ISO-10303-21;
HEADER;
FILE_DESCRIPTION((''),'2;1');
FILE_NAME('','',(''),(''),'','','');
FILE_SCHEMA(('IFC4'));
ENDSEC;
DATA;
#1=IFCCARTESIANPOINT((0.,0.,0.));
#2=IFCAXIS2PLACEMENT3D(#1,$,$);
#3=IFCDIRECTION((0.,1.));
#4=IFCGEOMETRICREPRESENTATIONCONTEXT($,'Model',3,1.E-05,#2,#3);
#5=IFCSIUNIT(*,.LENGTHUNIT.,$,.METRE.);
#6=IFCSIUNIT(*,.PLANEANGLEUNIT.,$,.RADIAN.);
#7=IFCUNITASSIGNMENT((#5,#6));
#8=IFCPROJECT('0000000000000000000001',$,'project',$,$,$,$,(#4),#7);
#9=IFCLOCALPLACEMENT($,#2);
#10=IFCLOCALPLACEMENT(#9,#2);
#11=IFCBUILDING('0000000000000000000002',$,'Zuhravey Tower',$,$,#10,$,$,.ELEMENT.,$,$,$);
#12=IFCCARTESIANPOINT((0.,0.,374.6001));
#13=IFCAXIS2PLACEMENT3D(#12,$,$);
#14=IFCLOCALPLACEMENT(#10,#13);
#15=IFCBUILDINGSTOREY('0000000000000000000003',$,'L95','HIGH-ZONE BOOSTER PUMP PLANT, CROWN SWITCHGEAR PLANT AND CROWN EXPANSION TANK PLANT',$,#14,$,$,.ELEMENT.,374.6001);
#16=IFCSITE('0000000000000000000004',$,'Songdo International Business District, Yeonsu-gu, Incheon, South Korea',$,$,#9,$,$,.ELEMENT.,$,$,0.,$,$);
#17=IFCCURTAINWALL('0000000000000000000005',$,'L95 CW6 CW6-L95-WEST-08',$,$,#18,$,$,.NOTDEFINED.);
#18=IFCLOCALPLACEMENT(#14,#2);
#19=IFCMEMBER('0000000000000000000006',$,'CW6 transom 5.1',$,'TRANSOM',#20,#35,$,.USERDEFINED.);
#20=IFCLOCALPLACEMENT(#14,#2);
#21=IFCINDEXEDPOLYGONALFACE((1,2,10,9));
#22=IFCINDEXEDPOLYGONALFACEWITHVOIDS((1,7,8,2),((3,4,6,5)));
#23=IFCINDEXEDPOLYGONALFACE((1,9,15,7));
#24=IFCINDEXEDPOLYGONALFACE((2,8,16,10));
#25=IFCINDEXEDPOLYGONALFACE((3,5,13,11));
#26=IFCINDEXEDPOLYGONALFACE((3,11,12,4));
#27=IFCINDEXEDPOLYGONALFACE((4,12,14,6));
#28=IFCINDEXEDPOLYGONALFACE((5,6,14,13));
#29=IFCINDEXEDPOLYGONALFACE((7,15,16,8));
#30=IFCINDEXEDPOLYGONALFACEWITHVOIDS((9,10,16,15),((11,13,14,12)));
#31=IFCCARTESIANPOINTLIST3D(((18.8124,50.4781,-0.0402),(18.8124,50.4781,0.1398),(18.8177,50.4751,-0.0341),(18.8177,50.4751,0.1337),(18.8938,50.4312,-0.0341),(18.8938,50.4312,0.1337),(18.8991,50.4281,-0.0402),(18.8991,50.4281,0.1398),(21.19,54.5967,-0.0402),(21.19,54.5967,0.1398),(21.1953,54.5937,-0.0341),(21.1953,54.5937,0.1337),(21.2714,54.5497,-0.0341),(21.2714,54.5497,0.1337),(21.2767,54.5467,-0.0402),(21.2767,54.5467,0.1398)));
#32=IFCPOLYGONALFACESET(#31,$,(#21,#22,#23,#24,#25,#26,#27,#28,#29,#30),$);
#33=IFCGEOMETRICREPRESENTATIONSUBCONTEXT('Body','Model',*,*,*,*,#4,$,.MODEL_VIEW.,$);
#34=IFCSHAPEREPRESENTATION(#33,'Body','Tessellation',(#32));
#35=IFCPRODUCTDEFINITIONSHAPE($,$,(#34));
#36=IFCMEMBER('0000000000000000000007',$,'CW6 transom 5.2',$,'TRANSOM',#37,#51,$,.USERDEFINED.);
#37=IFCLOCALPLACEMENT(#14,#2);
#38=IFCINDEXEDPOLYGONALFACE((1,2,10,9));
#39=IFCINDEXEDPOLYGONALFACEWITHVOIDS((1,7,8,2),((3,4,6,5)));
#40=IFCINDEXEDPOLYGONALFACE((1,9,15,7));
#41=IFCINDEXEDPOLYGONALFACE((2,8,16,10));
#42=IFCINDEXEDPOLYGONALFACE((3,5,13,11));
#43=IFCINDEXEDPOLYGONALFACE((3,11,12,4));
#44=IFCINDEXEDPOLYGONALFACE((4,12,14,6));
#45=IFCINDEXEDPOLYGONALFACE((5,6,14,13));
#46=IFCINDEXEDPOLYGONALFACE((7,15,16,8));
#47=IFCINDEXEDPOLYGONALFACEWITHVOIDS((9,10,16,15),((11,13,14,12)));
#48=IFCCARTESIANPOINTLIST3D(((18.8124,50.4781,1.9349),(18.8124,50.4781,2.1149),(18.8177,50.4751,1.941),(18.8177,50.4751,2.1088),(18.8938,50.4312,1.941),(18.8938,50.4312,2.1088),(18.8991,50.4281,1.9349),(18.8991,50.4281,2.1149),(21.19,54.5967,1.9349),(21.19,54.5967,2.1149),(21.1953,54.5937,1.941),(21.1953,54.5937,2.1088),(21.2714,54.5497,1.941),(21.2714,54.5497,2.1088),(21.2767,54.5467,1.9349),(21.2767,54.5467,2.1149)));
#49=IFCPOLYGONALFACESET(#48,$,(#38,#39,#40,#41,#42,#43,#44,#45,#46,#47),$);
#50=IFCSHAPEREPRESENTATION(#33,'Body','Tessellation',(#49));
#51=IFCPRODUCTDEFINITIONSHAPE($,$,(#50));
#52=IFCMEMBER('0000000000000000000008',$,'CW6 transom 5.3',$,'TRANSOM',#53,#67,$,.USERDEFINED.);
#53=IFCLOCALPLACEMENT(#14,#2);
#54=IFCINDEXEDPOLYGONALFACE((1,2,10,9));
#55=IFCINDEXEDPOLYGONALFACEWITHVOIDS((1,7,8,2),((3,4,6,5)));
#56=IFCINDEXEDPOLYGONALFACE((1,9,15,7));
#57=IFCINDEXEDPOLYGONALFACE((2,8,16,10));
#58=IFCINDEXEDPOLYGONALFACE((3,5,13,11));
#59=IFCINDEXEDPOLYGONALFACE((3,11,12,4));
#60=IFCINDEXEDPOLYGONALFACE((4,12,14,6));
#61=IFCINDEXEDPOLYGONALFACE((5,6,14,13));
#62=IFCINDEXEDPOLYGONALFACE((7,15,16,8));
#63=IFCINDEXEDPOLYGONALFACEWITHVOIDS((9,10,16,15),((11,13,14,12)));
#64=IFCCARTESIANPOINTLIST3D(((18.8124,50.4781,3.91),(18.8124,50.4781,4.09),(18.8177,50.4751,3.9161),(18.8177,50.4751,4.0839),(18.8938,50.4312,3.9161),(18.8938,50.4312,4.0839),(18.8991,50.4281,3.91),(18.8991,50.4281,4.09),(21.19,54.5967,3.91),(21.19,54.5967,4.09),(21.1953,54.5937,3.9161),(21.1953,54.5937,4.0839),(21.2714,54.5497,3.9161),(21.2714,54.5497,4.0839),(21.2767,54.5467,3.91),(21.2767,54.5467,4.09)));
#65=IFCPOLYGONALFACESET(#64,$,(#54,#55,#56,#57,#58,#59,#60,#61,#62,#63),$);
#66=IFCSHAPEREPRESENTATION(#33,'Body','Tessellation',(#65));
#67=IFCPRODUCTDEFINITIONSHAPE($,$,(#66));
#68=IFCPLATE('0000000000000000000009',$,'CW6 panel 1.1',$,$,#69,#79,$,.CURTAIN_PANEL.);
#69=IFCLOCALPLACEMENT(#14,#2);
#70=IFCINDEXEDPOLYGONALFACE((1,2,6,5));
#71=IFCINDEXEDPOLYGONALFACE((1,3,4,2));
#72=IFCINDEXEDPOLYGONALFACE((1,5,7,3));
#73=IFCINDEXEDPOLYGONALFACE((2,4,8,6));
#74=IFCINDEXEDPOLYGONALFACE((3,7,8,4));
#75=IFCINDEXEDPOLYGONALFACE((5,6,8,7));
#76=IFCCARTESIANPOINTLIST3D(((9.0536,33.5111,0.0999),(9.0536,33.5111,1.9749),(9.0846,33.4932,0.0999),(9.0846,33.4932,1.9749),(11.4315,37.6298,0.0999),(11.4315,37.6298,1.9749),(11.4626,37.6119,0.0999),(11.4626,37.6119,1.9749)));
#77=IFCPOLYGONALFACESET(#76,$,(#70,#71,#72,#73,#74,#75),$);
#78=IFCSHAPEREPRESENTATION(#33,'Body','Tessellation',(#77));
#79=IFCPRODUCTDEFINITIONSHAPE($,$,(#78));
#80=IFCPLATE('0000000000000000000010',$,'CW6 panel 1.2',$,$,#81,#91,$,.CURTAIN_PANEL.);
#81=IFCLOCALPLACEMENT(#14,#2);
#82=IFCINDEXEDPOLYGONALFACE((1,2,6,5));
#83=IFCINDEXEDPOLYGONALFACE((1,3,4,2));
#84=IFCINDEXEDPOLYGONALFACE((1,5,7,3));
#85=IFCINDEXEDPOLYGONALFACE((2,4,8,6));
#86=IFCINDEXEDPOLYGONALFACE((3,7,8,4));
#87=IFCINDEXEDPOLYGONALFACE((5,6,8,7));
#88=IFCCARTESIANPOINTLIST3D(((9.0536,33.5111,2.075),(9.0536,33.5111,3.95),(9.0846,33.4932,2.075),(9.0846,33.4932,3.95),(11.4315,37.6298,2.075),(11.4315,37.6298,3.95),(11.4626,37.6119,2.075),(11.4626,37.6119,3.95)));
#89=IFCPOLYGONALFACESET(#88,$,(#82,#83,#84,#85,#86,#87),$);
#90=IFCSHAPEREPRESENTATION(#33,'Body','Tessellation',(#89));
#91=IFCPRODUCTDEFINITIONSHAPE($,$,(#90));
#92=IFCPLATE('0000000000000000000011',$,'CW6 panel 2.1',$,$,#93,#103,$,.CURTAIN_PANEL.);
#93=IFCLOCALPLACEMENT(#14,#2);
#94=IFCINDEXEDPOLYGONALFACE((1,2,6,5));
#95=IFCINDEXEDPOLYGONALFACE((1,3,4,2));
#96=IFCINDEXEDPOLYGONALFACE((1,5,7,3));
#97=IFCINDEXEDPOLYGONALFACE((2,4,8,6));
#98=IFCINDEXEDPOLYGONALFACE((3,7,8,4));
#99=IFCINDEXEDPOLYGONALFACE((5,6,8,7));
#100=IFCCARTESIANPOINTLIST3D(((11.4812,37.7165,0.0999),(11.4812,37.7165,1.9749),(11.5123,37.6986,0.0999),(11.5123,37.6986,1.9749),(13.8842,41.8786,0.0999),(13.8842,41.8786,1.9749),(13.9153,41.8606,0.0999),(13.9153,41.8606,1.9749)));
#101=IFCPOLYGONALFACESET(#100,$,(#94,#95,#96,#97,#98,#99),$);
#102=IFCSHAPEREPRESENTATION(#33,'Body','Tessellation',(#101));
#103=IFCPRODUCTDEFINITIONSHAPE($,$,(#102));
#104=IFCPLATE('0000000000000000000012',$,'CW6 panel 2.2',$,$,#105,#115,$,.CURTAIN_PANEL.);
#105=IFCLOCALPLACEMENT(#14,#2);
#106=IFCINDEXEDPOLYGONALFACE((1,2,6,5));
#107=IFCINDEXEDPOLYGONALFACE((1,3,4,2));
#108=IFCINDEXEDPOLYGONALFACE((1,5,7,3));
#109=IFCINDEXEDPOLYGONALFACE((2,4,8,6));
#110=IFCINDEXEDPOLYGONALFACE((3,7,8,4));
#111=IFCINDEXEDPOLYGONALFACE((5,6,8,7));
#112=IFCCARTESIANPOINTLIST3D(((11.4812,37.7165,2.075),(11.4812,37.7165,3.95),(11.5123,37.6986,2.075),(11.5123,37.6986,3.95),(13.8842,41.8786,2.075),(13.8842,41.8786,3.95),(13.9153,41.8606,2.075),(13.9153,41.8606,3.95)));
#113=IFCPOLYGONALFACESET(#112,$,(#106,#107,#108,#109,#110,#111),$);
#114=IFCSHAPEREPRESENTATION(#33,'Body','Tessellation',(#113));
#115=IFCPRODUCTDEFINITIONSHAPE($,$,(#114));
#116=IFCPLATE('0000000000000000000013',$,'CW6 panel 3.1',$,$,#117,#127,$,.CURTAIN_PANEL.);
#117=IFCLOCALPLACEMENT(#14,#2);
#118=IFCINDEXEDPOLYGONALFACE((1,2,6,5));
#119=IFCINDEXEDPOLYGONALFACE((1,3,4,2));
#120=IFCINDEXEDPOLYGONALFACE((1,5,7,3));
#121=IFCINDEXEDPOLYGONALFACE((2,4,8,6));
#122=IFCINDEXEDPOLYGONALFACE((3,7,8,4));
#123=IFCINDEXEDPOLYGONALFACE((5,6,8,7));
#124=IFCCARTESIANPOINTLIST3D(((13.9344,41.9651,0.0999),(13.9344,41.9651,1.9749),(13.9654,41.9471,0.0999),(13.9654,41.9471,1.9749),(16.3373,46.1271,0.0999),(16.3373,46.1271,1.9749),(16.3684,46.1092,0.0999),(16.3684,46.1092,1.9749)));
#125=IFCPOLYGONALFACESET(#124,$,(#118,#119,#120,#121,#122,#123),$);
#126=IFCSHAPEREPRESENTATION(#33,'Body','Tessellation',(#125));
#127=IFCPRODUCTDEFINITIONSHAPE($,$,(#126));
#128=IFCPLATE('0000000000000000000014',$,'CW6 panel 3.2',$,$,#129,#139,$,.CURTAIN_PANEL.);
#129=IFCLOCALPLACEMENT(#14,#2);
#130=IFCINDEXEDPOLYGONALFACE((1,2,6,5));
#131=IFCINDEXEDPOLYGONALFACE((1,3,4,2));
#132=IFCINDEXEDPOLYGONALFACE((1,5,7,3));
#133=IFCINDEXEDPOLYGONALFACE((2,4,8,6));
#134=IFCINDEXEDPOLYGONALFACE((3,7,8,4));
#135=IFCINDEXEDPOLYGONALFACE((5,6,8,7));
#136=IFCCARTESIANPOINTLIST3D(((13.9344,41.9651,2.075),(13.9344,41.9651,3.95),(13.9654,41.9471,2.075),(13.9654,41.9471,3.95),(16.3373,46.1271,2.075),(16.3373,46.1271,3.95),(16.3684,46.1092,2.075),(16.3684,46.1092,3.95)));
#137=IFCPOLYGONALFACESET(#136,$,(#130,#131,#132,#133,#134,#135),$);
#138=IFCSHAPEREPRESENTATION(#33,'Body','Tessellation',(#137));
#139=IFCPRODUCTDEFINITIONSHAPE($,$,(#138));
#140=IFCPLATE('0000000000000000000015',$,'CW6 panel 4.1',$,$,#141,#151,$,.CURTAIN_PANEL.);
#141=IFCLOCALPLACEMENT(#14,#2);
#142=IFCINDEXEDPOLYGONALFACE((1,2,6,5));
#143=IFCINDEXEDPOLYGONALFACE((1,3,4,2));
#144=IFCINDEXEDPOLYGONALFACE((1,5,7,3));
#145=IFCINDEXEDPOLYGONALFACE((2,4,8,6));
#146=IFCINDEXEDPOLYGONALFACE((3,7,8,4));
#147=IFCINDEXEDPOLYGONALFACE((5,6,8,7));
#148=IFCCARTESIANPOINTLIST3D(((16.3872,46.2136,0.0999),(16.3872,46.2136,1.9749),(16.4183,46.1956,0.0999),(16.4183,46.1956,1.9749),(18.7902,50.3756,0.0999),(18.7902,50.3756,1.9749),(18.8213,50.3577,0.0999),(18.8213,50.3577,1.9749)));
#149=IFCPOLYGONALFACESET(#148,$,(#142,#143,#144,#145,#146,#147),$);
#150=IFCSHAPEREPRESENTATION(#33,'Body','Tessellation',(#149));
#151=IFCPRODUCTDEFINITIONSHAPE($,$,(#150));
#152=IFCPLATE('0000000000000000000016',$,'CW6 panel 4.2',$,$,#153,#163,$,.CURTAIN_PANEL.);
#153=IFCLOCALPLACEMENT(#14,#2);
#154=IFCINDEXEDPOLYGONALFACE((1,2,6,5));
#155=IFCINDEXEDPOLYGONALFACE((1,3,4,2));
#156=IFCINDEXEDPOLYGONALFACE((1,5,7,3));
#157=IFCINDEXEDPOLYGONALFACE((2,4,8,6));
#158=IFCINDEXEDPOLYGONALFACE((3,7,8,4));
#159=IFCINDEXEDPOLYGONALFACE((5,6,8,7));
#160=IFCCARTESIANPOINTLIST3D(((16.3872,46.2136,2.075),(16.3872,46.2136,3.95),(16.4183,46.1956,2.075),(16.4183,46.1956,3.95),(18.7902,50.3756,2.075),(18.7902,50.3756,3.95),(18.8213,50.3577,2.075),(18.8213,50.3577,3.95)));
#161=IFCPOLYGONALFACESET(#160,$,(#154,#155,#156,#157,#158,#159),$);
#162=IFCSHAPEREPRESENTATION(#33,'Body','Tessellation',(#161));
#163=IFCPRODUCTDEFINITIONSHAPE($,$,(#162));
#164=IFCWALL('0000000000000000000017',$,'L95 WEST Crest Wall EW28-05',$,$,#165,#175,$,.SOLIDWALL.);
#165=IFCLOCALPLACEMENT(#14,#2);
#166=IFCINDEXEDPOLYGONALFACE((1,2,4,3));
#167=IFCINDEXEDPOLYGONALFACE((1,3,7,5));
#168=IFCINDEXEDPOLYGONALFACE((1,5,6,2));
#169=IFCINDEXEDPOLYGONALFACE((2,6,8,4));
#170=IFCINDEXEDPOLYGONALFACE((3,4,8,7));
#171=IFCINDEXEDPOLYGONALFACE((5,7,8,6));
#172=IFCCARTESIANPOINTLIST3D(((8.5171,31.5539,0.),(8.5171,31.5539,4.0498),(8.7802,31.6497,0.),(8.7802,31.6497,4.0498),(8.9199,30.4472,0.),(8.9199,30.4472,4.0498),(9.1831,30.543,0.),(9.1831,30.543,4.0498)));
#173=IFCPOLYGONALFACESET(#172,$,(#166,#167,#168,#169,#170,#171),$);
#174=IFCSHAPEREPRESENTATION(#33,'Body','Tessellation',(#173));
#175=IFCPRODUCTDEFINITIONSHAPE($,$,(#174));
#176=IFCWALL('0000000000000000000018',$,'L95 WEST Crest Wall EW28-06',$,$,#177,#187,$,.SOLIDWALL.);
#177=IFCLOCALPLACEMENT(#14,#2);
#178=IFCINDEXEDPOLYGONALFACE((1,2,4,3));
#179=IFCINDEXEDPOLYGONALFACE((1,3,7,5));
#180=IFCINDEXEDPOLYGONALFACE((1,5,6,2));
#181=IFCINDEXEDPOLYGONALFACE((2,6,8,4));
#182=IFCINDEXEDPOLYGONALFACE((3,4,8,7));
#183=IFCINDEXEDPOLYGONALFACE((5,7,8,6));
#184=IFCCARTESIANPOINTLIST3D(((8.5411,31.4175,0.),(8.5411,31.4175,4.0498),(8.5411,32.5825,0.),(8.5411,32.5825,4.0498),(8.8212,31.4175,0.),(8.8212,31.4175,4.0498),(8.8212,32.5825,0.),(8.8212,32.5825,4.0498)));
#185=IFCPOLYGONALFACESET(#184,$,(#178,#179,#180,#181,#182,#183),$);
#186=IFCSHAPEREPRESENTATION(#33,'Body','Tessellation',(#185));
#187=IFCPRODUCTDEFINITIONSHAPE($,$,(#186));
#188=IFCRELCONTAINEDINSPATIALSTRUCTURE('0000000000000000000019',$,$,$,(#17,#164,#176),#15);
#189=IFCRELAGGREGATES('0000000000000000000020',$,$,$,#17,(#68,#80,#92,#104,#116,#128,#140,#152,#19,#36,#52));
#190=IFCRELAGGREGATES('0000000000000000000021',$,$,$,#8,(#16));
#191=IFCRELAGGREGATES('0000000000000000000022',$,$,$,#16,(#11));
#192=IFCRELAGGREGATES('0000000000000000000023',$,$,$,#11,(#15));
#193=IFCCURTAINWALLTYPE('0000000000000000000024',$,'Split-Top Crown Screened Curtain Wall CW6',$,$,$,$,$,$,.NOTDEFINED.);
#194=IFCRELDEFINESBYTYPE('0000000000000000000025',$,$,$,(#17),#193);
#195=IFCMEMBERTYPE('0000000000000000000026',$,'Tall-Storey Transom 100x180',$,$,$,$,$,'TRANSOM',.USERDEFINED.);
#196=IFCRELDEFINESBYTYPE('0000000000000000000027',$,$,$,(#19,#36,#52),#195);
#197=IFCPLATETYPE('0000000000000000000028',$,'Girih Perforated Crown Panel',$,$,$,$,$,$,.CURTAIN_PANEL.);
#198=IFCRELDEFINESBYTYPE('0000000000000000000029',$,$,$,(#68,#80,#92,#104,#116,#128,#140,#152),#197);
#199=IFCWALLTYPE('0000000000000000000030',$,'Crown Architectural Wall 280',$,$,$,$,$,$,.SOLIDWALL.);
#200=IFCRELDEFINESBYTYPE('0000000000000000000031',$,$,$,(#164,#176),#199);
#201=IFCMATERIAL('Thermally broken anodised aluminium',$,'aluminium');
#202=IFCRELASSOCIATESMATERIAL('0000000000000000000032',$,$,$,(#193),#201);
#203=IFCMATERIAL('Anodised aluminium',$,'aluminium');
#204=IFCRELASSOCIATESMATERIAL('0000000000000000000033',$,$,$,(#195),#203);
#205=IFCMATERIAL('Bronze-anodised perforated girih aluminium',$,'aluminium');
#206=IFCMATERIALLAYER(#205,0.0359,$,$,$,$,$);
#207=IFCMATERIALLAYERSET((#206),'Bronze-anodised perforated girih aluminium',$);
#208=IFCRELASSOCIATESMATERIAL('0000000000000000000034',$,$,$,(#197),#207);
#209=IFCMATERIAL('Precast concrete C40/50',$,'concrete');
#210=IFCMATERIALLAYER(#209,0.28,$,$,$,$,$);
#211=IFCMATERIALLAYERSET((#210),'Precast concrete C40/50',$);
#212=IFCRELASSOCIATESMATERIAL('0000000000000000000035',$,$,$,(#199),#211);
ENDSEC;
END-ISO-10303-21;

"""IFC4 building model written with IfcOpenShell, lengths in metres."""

from ifc_helpers import new_model, si_unit, direction, frame, frame_2d, origin, origin_2d, place, context, subcontext, project, spatial, rectangle, hollow_rectangle, extrude, material, layer, layer_set, material_profile, profile_set, type_object, element, aggregate, save


model = new_model("IFC4")

# Units and contexts
model_context = context("Model", 3, precision=1e-05, world=origin(), true_north=direction((0.0, 1.0)))
body_context = subcontext(model_context, "Body", "Model", "MODEL_VIEW")
ifc_project = project(units=[si_unit("LENGTHUNIT", "METRE"), si_unit("PLANEANGLEUNIT", "RADIAN")], contexts=[model_context])

# Site, building, storey
site_placement = place(None, origin())
site = spatial("IfcSite", under=ifc_project, at=site_placement, Name="Songdo International Business District, Yeonsu-gu, Incheon, South Korea", CompositionType="ELEMENT", RefElevation=0.0)
building_placement = place(site_placement, origin())
building = spatial("IfcBuilding", under=site, at=building_placement, Name="Zuhravey Tower", CompositionType="ELEMENT")
storey_placement = place(building_placement, frame((0.0, 0.0, 374.6001)))
storey = spatial("IfcBuildingStorey", under=building, at=storey_placement, Name="L95", Description="HIGH-ZONE BOOSTER PUMP PLANT, CROWN SWITCHGEAR PLANT AND CROWN EXPANSION TANK PLANT", CompositionType="ELEMENT", Elevation=374.6001)

# Shared definitions
ifc_material_1 = material(Name="Thermally broken anodised aluminium", Category="aluminium")
curtain_wall_type = type_object("IfcCurtainWallType", Name="Split-Top Crown Screened Curtain Wall CW6", PredefinedType="NOTDEFINED", material=ifc_material_1)
ifc_material_2 = material(Name="Anodised aluminium", Category="aluminium")

# Curtain wall
curtain_wall_1_placement = place(storey_placement, origin())
curtain_wall_1 = element("IfcCurtainWall", 1, at=curtain_wall_1_placement, inside=storey, type_object=curtain_wall_type, Name="L95 CW6 CW6-L95-WEST-08", PredefinedType="NOTDEFINED")

# Members
ifc_material_profile_1 = material_profile(ifc_material_2, hollow_rectangle(XDim=0.1001, YDim=0.1799, WallThickness=0.0061, at=origin_2d()), Name="ALU-RHS-100x180x6")
ifc_profile_set_1 = profile_set([ifc_material_profile_1], Name="Anodised aluminium")
member_type_1 = type_object("IfcMemberType", Name="Tall-Storey Transom 100x180", ElementType="TRANSOM", PredefinedType="USERDEFINED", material=ifc_profile_set_1)
member_1_placement = place(storey_placement, frame((18.8557, 50.4531, 0.0498), z_axis=(0.499965, 0.866045, 0.0), x_axis=(-0.866045, 0.499965, 0.0)))
member_1 = element("IfcMember", 2, at=member_1_placement, type_object=member_type_1, Name="CW6 transom 5.1", ObjectType="TRANSOM", PredefinedType="USERDEFINED", context=body_context, shape_type="SweptSolid", body=[
    extrude(hollow_rectangle(XDim=0.1001, YDim=0.1799, WallThickness=0.0061, at=origin_2d()), origin(), (0.0, 0.0, 1.0), 4.7556),
])
member_2_placement = place(storey_placement, frame((18.8557, 50.4531, 2.0249), z_axis=(0.499965, 0.866045, 0.0), x_axis=(-0.866045, 0.499965, 0.0)))
member_2 = element("IfcMember", 3, at=member_2_placement, type_object=member_type_1, Name="CW6 transom 5.2", ObjectType="TRANSOM", PredefinedType="USERDEFINED", context=body_context, shape_type="SweptSolid", body=[
    extrude(hollow_rectangle(XDim=0.1001, YDim=0.1799, WallThickness=0.0061, at=origin_2d()), origin(), (0.0, 0.0, 1.0), 4.7556),
])
member_3_placement = place(storey_placement, frame((18.8557, 50.4531, 4.0), z_axis=(0.499965, 0.866045, 0.0), x_axis=(-0.866045, 0.499965, 0.0)))
member_3 = element("IfcMember", 4, at=member_3_placement, type_object=member_type_1, Name="CW6 transom 5.3", ObjectType="TRANSOM", PredefinedType="USERDEFINED", context=body_context, shape_type="SweptSolid", body=[
    extrude(hollow_rectangle(XDim=0.1001, YDim=0.1799, WallThickness=0.0061, at=origin_2d()), origin(), (0.0, 0.0, 1.0), 4.7556),
])

# Plates
ifc_material_3 = material(Name="Bronze-anodised perforated girih aluminium", Category="aluminium")
ifc_layer_1 = layer(ifc_material_3, 0.0359)
ifc_layer_set_1 = layer_set([ifc_layer_1], Name="Bronze-anodised perforated girih aluminium")
plate_type = type_object("IfcPlateType", Name="Girih Perforated Crown Panel", PredefinedType="CURTAIN_PANEL", material=ifc_layer_set_1)
plate_1_placement = place(storey_placement, frame((10.2581, 35.5615, 0.0999), z_axis=(0.0, 0.0, 1.0), x_axis=(0.499997, 0.866027, 0.0)))
plate_1 = element("IfcPlate", 5, at=plate_1_placement, type_object=plate_type, Name="CW6 panel 1.1", PredefinedType="CURTAIN_PANEL", context=body_context, shape_type="SweptSolid", body=[
    extrude(rectangle(XDim=4.7559, YDim=0.0359, at=origin_2d()), origin(), (0.0, 0.0, 1.0), 1.875),
])
plate_2_placement = place(storey_placement, frame((10.2581, 35.5615, 2.075), z_axis=(0.0, 0.0, 1.0), x_axis=(0.499997, 0.866027, 0.0)))
plate_2 = element("IfcPlate", 6, at=plate_2_placement, type_object=plate_type, Name="CW6 panel 1.2", PredefinedType="CURTAIN_PANEL", context=body_context, shape_type="SweptSolid", body=[
    extrude(rectangle(XDim=4.7559, YDim=0.0359, at=origin_2d()), origin(), (0.0, 0.0, 1.0), 1.875),
])
plate_3_placement = place(storey_placement, frame((12.6982, 39.7886, 0.0999), z_axis=(0.0, 0.0, 1.0), x_axis=(0.499997, 0.866027, 0.0)))
plate_3 = element("IfcPlate", 7, at=plate_3_placement, type_object=plate_type, Name="CW6 panel 2.1", PredefinedType="CURTAIN_PANEL", context=body_context, shape_type="SweptSolid", body=[
    extrude(rectangle(XDim=4.8059, YDim=0.0359, at=origin_2d()), origin(), (0.0, 0.0, 1.0), 1.875),
])
plate_4_placement = place(storey_placement, frame((12.6982, 39.7886, 2.075), z_axis=(0.0, 0.0, 1.0), x_axis=(0.499997, 0.866027, 0.0)))
plate_4 = element("IfcPlate", 8, at=plate_4_placement, type_object=plate_type, Name="CW6 panel 2.2", PredefinedType="CURTAIN_PANEL", context=body_context, shape_type="SweptSolid", body=[
    extrude(rectangle(XDim=4.8059, YDim=0.0359, at=origin_2d()), origin(), (0.0, 0.0, 1.0), 1.875),
])
plate_5_placement = place(storey_placement, frame((15.1514, 44.0371, 0.0999), z_axis=(0.0, 0.0, 1.0), x_axis=(0.499997, 0.866027, 0.0)))
plate_5 = element("IfcPlate", 9, at=plate_5_placement, type_object=plate_type, Name="CW6 panel 3.1", PredefinedType="CURTAIN_PANEL", context=body_context, shape_type="SweptSolid", body=[
    extrude(rectangle(XDim=4.8059, YDim=0.0359, at=origin_2d()), origin(), (0.0, 0.0, 1.0), 1.875),
])
plate_6_placement = place(storey_placement, frame((15.1514, 44.0371, 2.075), z_axis=(0.0, 0.0, 1.0), x_axis=(0.499997, 0.866027, 0.0)))
plate_6 = element("IfcPlate", 10, at=plate_6_placement, type_object=plate_type, Name="CW6 panel 3.2", PredefinedType="CURTAIN_PANEL", context=body_context, shape_type="SweptSolid", body=[
    extrude(rectangle(XDim=4.8059, YDim=0.0359, at=origin_2d()), origin(), (0.0, 0.0, 1.0), 1.875),
])
plate_7_placement = place(storey_placement, frame((17.6042, 48.2856, 0.0999), z_axis=(0.0, 0.0, 1.0), x_axis=(0.499997, 0.866027, 0.0)))
plate_7 = element("IfcPlate", 11, at=plate_7_placement, type_object=plate_type, Name="CW6 panel 4.1", PredefinedType="CURTAIN_PANEL", context=body_context, shape_type="SweptSolid", body=[
    extrude(rectangle(XDim=4.8059, YDim=0.0359, at=origin_2d()), origin(), (0.0, 0.0, 1.0), 1.875),
])
plate_8_placement = place(storey_placement, frame((17.6042, 48.2856, 2.075), z_axis=(0.0, 0.0, 1.0), x_axis=(0.499997, 0.866027, 0.0)))
plate_8 = element("IfcPlate", 12, at=plate_8_placement, type_object=plate_type, Name="CW6 panel 4.2", PredefinedType="CURTAIN_PANEL", context=body_context, shape_type="SweptSolid", body=[
    extrude(rectangle(XDim=4.8059, YDim=0.0359, at=origin_2d()), origin(), (0.0, 0.0, 1.0), 1.875),
])
aggregate(curtain_wall_1, [plate_1, plate_2, plate_3, plate_4, plate_5, plate_6, plate_7, plate_8, member_1, member_2, member_3])

# Walls
ifc_material_4 = material(Name="Precast concrete C40/50", Category="concrete")
ifc_layer_2 = layer(ifc_material_4, 0.28)
ifc_layer_set_2 = layer_set([ifc_layer_2], Name="Precast concrete C40/50")
wall_type_1 = type_object("IfcWallType", Name="Crown Architectural Wall 280", PredefinedType="SOLIDWALL", material=ifc_layer_set_2)
wall_1_placement = place(storey_placement, frame((9.0515, 30.4951, 0.0), z_axis=(0.0, 0.0, 1.0), x_axis=(-0.342043, 0.939684, 0.0)))
element("IfcWall", 13, at=wall_1_placement, inside=storey, type_object=wall_type_1, Name="L95 WEST Crest Wall EW28-05", PredefinedType="SOLIDWALL", context=body_context, shape_type="SweptSolid", body=[
    extrude(rectangle(XDim=1.1777, YDim=0.28, at=frame_2d((0.5889, 0.0))), origin(), (0.0, 0.0, 1.0), 4.0498),
])
wall_2_placement = place(storey_placement, frame((8.6812, 31.4175, 0.0), z_axis=(0.0, 0.0, 1.0), x_axis=(0.0, 1.0, 0.0)))
element("IfcWall", 14, at=wall_2_placement, inside=storey, type_object=wall_type_1, Name="L95 WEST Crest Wall EW28-06", PredefinedType="SOLIDWALL", context=body_context, shape_type="SweptSolid", body=[
    extrude(rectangle(XDim=1.165, YDim=0.28, at=frame_2d((0.5825, 0.0))), origin(), (0.0, 0.0, 1.0), 4.0498),
])

save(model, "model.ifc")
